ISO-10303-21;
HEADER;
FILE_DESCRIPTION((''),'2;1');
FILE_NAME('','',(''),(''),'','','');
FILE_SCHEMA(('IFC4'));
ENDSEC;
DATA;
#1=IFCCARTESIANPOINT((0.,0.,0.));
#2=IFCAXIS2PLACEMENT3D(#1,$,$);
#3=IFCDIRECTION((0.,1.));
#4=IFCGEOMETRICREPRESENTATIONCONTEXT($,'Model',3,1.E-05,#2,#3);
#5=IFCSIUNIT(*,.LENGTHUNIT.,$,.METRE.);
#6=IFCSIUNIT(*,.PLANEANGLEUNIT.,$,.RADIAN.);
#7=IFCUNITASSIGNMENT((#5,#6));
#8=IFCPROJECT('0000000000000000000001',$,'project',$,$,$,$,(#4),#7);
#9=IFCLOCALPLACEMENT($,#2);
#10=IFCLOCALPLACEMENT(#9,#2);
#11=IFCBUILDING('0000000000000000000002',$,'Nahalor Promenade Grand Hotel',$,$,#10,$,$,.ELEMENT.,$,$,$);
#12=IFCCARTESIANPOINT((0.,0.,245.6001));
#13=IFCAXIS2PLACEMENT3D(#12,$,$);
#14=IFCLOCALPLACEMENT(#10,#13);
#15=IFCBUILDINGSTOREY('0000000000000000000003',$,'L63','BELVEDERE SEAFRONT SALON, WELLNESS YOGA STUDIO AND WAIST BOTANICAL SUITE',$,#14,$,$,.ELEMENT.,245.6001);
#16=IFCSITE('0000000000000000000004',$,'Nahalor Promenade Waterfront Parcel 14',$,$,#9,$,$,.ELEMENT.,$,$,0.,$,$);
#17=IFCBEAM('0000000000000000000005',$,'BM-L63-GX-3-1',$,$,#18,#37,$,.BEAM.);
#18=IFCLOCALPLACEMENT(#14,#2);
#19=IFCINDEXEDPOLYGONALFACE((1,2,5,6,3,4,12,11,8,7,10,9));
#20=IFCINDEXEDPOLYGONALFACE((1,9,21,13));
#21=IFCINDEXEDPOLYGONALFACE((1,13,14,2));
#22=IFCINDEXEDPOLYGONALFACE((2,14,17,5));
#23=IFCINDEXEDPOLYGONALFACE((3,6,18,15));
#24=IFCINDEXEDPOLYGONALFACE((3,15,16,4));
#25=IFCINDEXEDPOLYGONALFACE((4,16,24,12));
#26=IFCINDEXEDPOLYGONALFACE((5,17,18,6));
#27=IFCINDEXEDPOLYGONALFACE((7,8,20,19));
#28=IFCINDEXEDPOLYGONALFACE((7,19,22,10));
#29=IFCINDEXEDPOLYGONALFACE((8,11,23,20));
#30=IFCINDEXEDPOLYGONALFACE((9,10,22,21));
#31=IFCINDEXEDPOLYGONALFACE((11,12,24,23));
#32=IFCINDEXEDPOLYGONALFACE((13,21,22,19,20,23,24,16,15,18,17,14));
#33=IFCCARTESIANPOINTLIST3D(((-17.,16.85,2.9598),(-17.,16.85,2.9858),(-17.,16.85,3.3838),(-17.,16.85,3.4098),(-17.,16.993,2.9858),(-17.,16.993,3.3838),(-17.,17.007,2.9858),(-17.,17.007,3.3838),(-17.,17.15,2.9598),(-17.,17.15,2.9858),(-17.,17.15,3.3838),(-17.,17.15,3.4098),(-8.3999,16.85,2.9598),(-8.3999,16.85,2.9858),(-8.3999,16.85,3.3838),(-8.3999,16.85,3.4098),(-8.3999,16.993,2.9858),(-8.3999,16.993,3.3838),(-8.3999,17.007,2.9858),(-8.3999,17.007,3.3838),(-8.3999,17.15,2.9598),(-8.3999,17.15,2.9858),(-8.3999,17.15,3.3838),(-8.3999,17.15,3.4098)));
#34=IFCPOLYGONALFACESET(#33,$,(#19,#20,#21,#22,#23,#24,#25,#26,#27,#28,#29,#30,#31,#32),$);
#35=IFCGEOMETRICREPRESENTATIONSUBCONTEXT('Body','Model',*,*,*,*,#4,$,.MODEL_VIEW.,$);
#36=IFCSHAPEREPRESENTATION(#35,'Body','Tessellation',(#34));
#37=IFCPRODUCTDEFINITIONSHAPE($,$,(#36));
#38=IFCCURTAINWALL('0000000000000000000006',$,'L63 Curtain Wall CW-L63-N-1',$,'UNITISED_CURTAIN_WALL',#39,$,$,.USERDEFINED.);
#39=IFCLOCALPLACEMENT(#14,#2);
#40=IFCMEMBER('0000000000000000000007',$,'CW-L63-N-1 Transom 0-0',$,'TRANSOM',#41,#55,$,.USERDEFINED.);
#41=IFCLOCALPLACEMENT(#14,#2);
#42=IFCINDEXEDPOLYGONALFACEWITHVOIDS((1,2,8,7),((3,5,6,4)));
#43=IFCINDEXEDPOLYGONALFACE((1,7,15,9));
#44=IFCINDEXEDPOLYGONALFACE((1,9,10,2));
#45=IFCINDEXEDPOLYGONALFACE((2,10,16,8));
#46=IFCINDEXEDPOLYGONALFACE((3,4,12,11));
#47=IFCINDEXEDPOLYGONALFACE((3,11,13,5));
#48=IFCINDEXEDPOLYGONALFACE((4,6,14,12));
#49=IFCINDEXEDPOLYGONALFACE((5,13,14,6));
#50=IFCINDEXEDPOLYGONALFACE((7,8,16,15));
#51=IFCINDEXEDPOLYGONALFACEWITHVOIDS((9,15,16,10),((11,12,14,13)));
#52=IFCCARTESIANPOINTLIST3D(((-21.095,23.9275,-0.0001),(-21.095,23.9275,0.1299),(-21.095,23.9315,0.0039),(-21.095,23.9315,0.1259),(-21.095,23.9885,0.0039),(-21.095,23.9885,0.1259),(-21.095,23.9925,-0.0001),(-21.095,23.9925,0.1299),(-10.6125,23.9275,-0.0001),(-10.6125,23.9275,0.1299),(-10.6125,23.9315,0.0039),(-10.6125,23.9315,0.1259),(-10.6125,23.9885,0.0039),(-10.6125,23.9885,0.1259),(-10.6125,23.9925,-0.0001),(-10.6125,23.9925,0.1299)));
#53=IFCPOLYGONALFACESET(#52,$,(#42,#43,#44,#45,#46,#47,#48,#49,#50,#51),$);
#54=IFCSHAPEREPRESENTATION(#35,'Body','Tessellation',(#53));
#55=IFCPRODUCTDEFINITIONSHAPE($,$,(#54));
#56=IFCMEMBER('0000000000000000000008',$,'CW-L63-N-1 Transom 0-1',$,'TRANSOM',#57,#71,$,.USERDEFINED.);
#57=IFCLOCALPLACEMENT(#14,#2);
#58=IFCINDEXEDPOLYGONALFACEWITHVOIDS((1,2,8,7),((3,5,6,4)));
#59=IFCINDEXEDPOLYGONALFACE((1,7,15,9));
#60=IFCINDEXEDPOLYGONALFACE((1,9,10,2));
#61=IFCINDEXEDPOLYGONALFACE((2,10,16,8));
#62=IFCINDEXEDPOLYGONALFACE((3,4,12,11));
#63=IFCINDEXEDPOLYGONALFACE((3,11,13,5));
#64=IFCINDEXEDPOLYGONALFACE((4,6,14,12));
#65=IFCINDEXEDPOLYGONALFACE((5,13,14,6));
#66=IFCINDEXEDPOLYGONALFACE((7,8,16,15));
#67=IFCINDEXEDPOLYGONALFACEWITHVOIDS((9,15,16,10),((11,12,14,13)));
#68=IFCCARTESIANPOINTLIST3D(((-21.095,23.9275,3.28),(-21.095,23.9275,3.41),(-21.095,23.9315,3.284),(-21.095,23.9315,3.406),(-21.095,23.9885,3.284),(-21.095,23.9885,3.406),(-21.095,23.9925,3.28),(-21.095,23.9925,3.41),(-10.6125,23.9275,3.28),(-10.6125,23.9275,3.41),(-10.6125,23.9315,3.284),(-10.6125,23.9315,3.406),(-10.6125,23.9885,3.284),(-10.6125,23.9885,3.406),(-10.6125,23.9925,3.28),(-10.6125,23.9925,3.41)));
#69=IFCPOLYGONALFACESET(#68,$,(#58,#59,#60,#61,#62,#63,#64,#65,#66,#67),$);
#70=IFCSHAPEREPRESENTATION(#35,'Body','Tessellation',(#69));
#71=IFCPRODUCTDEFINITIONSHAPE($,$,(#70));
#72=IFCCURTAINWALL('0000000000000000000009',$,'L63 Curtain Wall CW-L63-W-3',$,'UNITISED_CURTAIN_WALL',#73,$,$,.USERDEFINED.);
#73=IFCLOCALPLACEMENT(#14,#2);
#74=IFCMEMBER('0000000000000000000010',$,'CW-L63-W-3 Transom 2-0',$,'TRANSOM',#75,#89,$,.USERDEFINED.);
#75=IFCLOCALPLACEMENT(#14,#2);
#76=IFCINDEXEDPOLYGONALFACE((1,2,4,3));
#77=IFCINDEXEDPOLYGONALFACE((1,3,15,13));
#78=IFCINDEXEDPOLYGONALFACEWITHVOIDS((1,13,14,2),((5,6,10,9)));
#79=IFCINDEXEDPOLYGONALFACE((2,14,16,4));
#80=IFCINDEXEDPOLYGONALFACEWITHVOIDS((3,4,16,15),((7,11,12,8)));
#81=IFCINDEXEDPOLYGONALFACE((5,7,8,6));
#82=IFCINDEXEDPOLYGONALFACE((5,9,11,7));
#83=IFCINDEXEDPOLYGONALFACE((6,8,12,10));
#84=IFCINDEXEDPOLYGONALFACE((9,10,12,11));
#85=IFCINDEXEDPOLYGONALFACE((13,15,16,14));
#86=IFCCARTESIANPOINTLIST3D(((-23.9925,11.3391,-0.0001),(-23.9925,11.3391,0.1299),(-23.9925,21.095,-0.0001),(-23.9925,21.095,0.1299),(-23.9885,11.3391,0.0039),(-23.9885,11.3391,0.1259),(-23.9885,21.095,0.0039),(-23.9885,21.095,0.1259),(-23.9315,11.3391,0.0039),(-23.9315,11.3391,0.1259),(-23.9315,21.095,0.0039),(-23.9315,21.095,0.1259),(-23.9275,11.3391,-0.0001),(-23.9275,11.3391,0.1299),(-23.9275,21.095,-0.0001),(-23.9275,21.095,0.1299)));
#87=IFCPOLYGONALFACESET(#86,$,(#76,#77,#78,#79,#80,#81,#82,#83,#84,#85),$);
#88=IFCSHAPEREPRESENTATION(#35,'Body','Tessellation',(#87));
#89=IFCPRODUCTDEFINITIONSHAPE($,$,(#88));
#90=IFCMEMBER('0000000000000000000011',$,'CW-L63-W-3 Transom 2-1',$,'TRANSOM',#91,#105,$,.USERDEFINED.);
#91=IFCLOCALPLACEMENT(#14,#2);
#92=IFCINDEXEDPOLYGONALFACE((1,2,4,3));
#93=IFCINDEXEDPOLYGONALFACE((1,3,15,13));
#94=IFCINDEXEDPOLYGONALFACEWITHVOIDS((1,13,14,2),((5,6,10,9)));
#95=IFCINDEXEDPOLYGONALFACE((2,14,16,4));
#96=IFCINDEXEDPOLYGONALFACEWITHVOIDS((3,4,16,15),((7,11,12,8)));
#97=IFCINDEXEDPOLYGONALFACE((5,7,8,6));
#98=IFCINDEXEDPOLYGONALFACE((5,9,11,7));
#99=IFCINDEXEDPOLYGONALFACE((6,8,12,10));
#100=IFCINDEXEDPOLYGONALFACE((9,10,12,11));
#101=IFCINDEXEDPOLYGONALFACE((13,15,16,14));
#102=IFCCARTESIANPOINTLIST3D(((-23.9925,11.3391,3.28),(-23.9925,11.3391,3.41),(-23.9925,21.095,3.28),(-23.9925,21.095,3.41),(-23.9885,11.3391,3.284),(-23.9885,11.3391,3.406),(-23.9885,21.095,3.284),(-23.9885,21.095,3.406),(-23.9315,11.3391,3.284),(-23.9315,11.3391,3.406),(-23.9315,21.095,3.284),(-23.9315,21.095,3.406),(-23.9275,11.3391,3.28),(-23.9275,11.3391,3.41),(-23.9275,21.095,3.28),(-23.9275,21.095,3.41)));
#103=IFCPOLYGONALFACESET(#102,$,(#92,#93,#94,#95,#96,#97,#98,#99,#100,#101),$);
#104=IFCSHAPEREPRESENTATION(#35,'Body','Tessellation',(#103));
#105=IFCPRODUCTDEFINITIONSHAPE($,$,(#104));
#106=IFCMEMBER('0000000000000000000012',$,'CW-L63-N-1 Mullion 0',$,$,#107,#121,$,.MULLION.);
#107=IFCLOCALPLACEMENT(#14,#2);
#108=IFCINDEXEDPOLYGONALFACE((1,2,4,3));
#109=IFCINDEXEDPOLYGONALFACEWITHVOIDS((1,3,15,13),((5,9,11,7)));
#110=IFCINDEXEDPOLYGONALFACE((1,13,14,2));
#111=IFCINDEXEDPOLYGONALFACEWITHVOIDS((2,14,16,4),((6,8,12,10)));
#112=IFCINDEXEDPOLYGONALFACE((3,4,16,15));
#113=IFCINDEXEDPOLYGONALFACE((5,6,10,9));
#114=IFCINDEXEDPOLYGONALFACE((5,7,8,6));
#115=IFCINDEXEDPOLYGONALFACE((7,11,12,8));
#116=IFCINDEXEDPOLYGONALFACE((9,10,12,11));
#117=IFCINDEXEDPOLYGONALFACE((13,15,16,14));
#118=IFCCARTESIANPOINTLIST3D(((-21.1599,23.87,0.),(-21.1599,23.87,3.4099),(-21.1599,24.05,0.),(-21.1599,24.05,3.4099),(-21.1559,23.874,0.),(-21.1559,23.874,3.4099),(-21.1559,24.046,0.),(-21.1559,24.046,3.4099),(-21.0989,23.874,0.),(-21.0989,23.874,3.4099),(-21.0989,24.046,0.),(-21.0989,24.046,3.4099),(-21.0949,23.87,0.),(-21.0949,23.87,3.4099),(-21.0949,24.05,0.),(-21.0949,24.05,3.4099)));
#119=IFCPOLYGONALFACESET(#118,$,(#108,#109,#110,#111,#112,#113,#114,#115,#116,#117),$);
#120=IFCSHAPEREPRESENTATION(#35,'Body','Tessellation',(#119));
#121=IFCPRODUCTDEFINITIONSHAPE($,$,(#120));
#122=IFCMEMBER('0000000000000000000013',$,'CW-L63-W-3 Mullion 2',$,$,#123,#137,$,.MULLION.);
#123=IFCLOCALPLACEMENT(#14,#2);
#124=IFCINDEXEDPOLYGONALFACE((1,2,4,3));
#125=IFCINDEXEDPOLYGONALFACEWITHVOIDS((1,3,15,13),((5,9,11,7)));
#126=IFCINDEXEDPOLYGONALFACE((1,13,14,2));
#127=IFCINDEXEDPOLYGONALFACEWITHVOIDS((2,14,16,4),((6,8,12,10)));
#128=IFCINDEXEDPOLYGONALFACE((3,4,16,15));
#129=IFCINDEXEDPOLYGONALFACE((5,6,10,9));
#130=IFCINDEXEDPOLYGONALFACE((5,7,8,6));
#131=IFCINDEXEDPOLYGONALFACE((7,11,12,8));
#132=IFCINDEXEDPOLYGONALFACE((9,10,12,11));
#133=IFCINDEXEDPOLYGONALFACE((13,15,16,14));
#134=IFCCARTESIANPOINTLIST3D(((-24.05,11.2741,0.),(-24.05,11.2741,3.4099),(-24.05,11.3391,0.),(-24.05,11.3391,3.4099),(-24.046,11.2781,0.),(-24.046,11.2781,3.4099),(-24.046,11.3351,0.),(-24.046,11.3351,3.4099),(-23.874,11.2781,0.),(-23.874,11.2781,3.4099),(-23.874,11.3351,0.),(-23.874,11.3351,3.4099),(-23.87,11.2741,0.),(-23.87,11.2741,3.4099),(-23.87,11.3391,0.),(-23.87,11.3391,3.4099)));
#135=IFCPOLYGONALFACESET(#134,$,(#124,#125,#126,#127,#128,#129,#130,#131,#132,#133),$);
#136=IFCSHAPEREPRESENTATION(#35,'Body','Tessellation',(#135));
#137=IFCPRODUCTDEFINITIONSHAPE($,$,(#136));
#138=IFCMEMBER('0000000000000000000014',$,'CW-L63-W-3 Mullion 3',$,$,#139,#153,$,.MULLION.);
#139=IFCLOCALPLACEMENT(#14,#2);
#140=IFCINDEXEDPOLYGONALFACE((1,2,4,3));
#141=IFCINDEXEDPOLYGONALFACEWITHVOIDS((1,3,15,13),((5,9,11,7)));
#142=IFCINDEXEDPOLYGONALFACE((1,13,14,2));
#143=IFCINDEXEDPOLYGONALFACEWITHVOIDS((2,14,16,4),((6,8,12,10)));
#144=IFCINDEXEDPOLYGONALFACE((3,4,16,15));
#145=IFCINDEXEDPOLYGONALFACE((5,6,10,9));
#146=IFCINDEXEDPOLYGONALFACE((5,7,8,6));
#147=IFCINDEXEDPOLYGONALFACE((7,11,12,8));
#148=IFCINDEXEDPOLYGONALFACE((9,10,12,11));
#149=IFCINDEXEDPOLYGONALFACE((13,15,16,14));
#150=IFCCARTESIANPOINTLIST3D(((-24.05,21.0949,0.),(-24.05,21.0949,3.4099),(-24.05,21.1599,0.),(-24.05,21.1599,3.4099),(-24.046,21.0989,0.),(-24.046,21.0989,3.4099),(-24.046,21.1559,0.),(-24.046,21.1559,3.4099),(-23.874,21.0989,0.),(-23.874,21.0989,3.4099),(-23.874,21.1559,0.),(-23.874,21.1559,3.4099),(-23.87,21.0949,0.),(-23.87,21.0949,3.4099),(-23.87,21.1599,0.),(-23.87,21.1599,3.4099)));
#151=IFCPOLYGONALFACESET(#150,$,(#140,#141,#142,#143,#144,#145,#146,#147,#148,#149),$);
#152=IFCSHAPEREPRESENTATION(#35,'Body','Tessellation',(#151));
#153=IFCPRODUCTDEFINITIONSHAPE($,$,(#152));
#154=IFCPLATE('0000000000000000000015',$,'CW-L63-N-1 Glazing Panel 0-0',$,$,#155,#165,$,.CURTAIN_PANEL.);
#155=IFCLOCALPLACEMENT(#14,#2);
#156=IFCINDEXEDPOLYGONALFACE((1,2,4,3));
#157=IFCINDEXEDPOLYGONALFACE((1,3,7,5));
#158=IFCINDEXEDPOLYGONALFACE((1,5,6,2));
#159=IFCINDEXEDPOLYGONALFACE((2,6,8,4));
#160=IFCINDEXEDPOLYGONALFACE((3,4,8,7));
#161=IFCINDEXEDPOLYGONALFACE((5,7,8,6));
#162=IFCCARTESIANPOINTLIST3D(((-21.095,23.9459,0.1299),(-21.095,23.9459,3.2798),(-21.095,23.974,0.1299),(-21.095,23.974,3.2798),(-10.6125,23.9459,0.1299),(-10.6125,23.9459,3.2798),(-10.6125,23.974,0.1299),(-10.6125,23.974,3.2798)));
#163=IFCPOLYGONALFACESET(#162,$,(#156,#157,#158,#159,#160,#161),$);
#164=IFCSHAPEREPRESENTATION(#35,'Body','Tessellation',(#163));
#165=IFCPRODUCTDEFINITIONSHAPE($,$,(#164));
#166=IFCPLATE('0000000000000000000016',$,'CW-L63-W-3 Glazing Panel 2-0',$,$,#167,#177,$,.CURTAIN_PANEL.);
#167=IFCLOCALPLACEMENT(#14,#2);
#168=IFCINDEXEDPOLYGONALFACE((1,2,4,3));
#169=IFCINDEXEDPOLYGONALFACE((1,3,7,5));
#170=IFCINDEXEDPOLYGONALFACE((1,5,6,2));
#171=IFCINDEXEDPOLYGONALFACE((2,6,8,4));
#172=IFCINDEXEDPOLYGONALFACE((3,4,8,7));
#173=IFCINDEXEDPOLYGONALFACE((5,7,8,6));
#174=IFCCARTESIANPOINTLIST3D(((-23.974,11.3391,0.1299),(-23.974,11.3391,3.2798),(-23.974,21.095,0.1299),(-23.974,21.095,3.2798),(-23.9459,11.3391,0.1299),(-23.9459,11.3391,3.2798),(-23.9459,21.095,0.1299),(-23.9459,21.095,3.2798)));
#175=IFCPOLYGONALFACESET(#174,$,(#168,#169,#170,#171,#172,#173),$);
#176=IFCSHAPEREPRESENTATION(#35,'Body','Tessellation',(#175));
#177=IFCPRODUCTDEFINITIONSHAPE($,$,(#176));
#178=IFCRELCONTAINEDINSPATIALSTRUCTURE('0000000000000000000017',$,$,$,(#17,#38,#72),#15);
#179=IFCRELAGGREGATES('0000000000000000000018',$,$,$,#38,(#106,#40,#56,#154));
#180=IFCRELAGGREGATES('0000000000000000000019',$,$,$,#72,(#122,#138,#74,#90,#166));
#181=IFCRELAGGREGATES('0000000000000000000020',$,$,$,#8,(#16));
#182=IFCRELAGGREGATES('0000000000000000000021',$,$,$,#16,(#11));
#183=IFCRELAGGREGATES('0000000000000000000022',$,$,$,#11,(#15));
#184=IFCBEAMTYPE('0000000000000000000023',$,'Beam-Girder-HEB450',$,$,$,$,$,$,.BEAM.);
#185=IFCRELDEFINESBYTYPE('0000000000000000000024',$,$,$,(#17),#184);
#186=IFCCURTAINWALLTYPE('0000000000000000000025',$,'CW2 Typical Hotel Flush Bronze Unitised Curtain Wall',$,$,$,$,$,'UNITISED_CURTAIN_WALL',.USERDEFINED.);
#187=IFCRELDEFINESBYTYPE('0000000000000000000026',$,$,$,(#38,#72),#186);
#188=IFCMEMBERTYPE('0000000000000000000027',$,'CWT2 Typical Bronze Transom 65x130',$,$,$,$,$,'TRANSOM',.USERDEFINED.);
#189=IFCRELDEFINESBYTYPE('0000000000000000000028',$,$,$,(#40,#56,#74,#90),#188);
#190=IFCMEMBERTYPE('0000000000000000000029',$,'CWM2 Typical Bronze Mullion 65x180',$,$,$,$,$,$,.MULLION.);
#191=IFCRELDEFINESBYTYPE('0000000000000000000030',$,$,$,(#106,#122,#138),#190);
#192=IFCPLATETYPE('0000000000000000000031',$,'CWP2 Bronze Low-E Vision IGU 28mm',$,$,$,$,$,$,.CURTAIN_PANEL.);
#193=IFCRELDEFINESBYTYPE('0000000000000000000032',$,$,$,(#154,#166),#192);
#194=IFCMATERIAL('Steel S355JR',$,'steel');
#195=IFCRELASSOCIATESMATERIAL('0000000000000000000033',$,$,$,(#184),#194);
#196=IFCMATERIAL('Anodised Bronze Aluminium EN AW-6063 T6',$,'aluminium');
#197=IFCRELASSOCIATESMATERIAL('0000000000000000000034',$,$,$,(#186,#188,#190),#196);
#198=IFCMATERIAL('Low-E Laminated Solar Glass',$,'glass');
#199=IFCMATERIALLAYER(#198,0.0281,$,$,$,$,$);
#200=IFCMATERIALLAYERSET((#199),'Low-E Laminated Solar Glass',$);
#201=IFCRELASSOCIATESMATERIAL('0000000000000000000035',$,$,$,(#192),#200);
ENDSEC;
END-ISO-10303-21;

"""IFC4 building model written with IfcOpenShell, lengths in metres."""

from ifc_helpers import new_model, si_unit, direction, frame, origin, origin_2d, place, context, subcontext, project, spatial, rectangle, hollow_rectangle, i_section, extrude, source, transform, mapped, material, layer, layer_set, material_profile, profile_set, type_object, element, aggregate, save


model = new_model("IFC4")

# Units and contexts
model_context = context("Model", 3, precision=1e-05, world=origin(), true_north=direction((0.0, 1.0)))
body_context = subcontext(model_context, "Body", "Model", "MODEL_VIEW")
ifc_project = project(units=[si_unit("LENGTHUNIT", "METRE"), si_unit("PLANEANGLEUNIT", "RADIAN")], contexts=[model_context])

# Site, building, storey
site_placement = place(None, origin())
site = spatial("IfcSite", under=ifc_project, at=site_placement, Name="Nahalor Promenade Waterfront Parcel 14", CompositionType="ELEMENT", RefElevation=0.0)
building_placement = place(site_placement, origin())
building = spatial("IfcBuilding", under=site, at=building_placement, Name="Nahalor Promenade Grand Hotel", CompositionType="ELEMENT")
storey_placement = place(building_placement, frame((0.0, 0.0, 245.6001)))
storey = spatial("IfcBuildingStorey", under=building, at=storey_placement, Name="L63", Description="BELVEDERE SEAFRONT SALON, WELLNESS YOGA STUDIO AND WAIST BOTANICAL SUITE", CompositionType="ELEMENT", Elevation=245.6001)

# Shared definitions
ifc_material_1 = material(Name="Steel S355JR", Category="steel")

# Beam
ifc_material_profile_1 = material_profile(ifc_material_1, i_section(OverallWidth=0.3, OverallDepth=0.45, WebThickness=0.014, FlangeThickness=0.026, at=origin_2d()), Name="HEB 450")
ifc_profile_set_1 = profile_set([ifc_material_profile_1], Name="Steel S355JR")
beam_type_1 = type_object("IfcBeamType", Name="Beam-Girder-HEB450", PredefinedType="BEAM", material=ifc_profile_set_1)
shared_shape_1 = source(origin(), body_context, "Body", "SweptSolid", [
    extrude(i_section(OverallWidth=0.3, OverallDepth=0.45, WebThickness=0.014, FlangeThickness=0.026, at=origin_2d()), origin(), (0.0, 0.0, 1.0), 8.6001),
])
beam_1_placement = place(storey_placement, frame((-17.0, 17.0, 3.1848), z_axis=(1.0, 0.0, 0.0), x_axis=(0.0, 1.0, 0.0)))
element("IfcBeam", 1, at=beam_1_placement, inside=storey, type_object=beam_type_1, Name="BM-L63-GX-3-1", PredefinedType="BEAM", context=body_context, shape_type="MappedRepresentation", body=[
    mapped(shared_shape_1, transform((0.0, 0.0, 0.0), scale=1.0)),
])

# Curtain walls, members
ifc_material_2 = material(Name="Anodised Bronze Aluminium EN AW-6063 T6", Category="aluminium")
curtain_wall_type = type_object("IfcCurtainWallType", Name="CW2 Typical Hotel Flush Bronze Unitised Curtain Wall", ElementType="UNITISED_CURTAIN_WALL", PredefinedType="USERDEFINED", material=ifc_material_2)
curtain_wall_1_placement = place(storey_placement, origin())
curtain_wall_1 = element("IfcCurtainWall", 2, at=curtain_wall_1_placement, inside=storey, type_object=curtain_wall_type, Name="L63 Curtain Wall CW-L63-N-1", ObjectType="UNITISED_CURTAIN_WALL", PredefinedType="USERDEFINED")
ifc_material_profile_2 = material_profile(ifc_material_2, hollow_rectangle(XDim=0.065, YDim=0.13, WallThickness=0.004, at=origin_2d()), Name="CWT 65x130x4")
ifc_profile_set_2 = profile_set([ifc_material_profile_2], Name="Anodised Bronze Aluminium EN AW-6063 T6")
member_type_1 = type_object("IfcMemberType", Name="CWT2 Typical Bronze Transom 65x130", ElementType="TRANSOM", PredefinedType="USERDEFINED", material=ifc_profile_set_2)
shared_shape_2 = source(origin(), body_context, "Body", "SweptSolid", [
    extrude(hollow_rectangle(XDim=0.065, YDim=0.13, WallThickness=0.004, at=origin_2d()), origin(), (0.0, 0.0, 1.0), 10.4824),
])
member_1_placement = place(storey_placement, frame((-21.095, 23.96, 0.0649), z_axis=(1.0, 0.0, 0.0), x_axis=(0.0, 1.0, 0.0)))
member_1 = element("IfcMember", 3, at=member_1_placement, type_object=member_type_1, Name="CW-L63-N-1 Transom 0-0", ObjectType="TRANSOM", PredefinedType="USERDEFINED", context=body_context, shape_type="MappedRepresentation", body=[
    mapped(shared_shape_2, transform((0.0, 0.0, 0.0), scale=1.0)),
])
member_2_placement = place(storey_placement, frame((-21.095, 23.96, 3.345), z_axis=(1.0, 0.0, 0.0), x_axis=(0.0, 1.0, 0.0)))
member_2 = element("IfcMember", 4, at=member_2_placement, type_object=member_type_1, Name="CW-L63-N-1 Transom 0-1", ObjectType="TRANSOM", PredefinedType="USERDEFINED", context=body_context, shape_type="MappedRepresentation", body=[
    mapped(shared_shape_2, transform((0.0, 0.0, 0.0), scale=1.0)),
])
curtain_wall_2_placement = place(storey_placement, origin())
curtain_wall_2 = element("IfcCurtainWall", 5, at=curtain_wall_2_placement, inside=storey, type_object=curtain_wall_type, Name="L63 Curtain Wall CW-L63-W-3", ObjectType="UNITISED_CURTAIN_WALL", PredefinedType="USERDEFINED")
shared_shape_3 = source(origin(), body_context, "Body", "SweptSolid", [
    extrude(hollow_rectangle(XDim=0.065, YDim=0.13, WallThickness=0.004, at=origin_2d()), origin(), (0.0, 0.0, 1.0), 9.7559),
])
member_3_placement = place(storey_placement, frame((-23.96, 11.3391, 0.0649), z_axis=(0.0, 1.0, 0.0), x_axis=(-1.0, 0.0, 0.0)))
member_3 = element("IfcMember", 6, at=member_3_placement, type_object=member_type_1, Name="CW-L63-W-3 Transom 2-0", ObjectType="TRANSOM", PredefinedType="USERDEFINED", context=body_context, shape_type="MappedRepresentation", body=[
    mapped(shared_shape_3, transform((0.0, 0.0, 0.0), scale=1.0)),
])
member_4_placement = place(storey_placement, frame((-23.96, 11.3391, 3.345), z_axis=(0.0, 1.0, 0.0), x_axis=(-1.0, 0.0, 0.0)))
member_4 = element("IfcMember", 7, at=member_4_placement, type_object=member_type_1, Name="CW-L63-W-3 Transom 2-1", ObjectType="TRANSOM", PredefinedType="USERDEFINED", context=body_context, shape_type="MappedRepresentation", body=[
    mapped(shared_shape_3, transform((0.0, 0.0, 0.0), scale=1.0)),
])

# Members
ifc_material_profile_3 = material_profile(ifc_material_2, hollow_rectangle(XDim=0.065, YDim=0.18, WallThickness=0.004, at=origin_2d()), Name="CWM 65x180x4")
ifc_profile_set_3 = profile_set([ifc_material_profile_3], Name="Anodised Bronze Aluminium EN AW-6063 T6")
member_type_2 = type_object("IfcMemberType", Name="CWM2 Typical Bronze Mullion 65x180", PredefinedType="MULLION", material=ifc_profile_set_3)
shared_shape_4 = source(origin(), body_context, "Body", "SweptSolid", [
    extrude(hollow_rectangle(XDim=0.065, YDim=0.18, WallThickness=0.004, at=origin_2d()), origin(), (0.0, 0.0, 1.0), 3.4099),
])
member_5_placement = place(storey_placement, frame((-21.1274, 23.96, 0.0), z_axis=(0.0, 0.0, 1.0), x_axis=(1.0, 0.0, 0.0)))
member_5 = element("IfcMember", 8, at=member_5_placement, type_object=member_type_2, Name="CW-L63-N-1 Mullion 0", PredefinedType="MULLION", context=body_context, shape_type="MappedRepresentation", body=[
    mapped(shared_shape_4, transform((0.0, 0.0, 0.0), scale=1.0)),
])
member_6_placement = place(storey_placement, frame((-23.96, 11.3066, 0.0), z_axis=(0.0, 0.0, 1.0), x_axis=(0.0, 1.0, 0.0)))
member_6 = element("IfcMember", 9, at=member_6_placement, type_object=member_type_2, Name="CW-L63-W-3 Mullion 2", PredefinedType="MULLION", context=body_context, shape_type="MappedRepresentation", body=[
    mapped(shared_shape_4, transform((0.0, 0.0, 0.0), scale=1.0)),
])
member_7_placement = place(storey_placement, frame((-23.96, 21.1274, 0.0), z_axis=(0.0, 0.0, 1.0), x_axis=(0.0, 1.0, 0.0)))
member_7 = element("IfcMember", 10, at=member_7_placement, type_object=member_type_2, Name="CW-L63-W-3 Mullion 3", PredefinedType="MULLION", context=body_context, shape_type="MappedRepresentation", body=[
    mapped(shared_shape_4, transform((0.0, 0.0, 0.0), scale=1.0)),
])

# Plates
ifc_material_3 = material(Name="Low-E Laminated Solar Glass", Category="glass")
ifc_layer_1 = layer(ifc_material_3, 0.0281)
ifc_layer_set_1 = layer_set([ifc_layer_1], Name="Low-E Laminated Solar Glass")
plate_type = type_object("IfcPlateType", Name="CWP2 Bronze Low-E Vision IGU 28mm", PredefinedType="CURTAIN_PANEL", material=ifc_layer_set_1)
shared_shape_5 = source(origin(), body_context, "Body", "SweptSolid", [
    extrude(rectangle(XDim=10.4824, YDim=0.0281, at=origin_2d()), origin(), (0.0, 0.0, 1.0), 3.1499),
])
plate_1_placement = place(storey_placement, frame((-15.8538, 23.96, 0.1299), z_axis=(0.0, 0.0, 1.0), x_axis=(1.0, 0.0, 0.0)))
plate_1 = element("IfcPlate", 11, at=plate_1_placement, type_object=plate_type, Name="CW-L63-N-1 Glazing Panel 0-0", PredefinedType="CURTAIN_PANEL", context=body_context, shape_type="MappedRepresentation", body=[
    mapped(shared_shape_5, transform((0.0, 0.0, 0.0), scale=1.0)),
])
aggregate(curtain_wall_1, [member_5, member_1, member_2, plate_1])
shared_shape_6 = source(origin(), body_context, "Body", "SweptSolid", [
    extrude(rectangle(XDim=9.7559, YDim=0.0281, at=origin_2d()), origin(), (0.0, 0.0, 1.0), 3.1499),
])
plate_2_placement = place(storey_placement, frame((-23.96, 16.217, 0.1299), z_axis=(0.0, 0.0, 1.0), x_axis=(0.0, 1.0, 0.0)))
plate_2 = element("IfcPlate", 12, at=plate_2_placement, type_object=plate_type, Name="CW-L63-W-3 Glazing Panel 2-0", PredefinedType="CURTAIN_PANEL", context=body_context, shape_type="MappedRepresentation", body=[
    mapped(shared_shape_6, transform((0.0, 0.0, 0.0), scale=1.0)),
])
aggregate(curtain_wall_2, [member_6, member_7, member_3, member_4, plate_2])

save(model, "model.ifc")
